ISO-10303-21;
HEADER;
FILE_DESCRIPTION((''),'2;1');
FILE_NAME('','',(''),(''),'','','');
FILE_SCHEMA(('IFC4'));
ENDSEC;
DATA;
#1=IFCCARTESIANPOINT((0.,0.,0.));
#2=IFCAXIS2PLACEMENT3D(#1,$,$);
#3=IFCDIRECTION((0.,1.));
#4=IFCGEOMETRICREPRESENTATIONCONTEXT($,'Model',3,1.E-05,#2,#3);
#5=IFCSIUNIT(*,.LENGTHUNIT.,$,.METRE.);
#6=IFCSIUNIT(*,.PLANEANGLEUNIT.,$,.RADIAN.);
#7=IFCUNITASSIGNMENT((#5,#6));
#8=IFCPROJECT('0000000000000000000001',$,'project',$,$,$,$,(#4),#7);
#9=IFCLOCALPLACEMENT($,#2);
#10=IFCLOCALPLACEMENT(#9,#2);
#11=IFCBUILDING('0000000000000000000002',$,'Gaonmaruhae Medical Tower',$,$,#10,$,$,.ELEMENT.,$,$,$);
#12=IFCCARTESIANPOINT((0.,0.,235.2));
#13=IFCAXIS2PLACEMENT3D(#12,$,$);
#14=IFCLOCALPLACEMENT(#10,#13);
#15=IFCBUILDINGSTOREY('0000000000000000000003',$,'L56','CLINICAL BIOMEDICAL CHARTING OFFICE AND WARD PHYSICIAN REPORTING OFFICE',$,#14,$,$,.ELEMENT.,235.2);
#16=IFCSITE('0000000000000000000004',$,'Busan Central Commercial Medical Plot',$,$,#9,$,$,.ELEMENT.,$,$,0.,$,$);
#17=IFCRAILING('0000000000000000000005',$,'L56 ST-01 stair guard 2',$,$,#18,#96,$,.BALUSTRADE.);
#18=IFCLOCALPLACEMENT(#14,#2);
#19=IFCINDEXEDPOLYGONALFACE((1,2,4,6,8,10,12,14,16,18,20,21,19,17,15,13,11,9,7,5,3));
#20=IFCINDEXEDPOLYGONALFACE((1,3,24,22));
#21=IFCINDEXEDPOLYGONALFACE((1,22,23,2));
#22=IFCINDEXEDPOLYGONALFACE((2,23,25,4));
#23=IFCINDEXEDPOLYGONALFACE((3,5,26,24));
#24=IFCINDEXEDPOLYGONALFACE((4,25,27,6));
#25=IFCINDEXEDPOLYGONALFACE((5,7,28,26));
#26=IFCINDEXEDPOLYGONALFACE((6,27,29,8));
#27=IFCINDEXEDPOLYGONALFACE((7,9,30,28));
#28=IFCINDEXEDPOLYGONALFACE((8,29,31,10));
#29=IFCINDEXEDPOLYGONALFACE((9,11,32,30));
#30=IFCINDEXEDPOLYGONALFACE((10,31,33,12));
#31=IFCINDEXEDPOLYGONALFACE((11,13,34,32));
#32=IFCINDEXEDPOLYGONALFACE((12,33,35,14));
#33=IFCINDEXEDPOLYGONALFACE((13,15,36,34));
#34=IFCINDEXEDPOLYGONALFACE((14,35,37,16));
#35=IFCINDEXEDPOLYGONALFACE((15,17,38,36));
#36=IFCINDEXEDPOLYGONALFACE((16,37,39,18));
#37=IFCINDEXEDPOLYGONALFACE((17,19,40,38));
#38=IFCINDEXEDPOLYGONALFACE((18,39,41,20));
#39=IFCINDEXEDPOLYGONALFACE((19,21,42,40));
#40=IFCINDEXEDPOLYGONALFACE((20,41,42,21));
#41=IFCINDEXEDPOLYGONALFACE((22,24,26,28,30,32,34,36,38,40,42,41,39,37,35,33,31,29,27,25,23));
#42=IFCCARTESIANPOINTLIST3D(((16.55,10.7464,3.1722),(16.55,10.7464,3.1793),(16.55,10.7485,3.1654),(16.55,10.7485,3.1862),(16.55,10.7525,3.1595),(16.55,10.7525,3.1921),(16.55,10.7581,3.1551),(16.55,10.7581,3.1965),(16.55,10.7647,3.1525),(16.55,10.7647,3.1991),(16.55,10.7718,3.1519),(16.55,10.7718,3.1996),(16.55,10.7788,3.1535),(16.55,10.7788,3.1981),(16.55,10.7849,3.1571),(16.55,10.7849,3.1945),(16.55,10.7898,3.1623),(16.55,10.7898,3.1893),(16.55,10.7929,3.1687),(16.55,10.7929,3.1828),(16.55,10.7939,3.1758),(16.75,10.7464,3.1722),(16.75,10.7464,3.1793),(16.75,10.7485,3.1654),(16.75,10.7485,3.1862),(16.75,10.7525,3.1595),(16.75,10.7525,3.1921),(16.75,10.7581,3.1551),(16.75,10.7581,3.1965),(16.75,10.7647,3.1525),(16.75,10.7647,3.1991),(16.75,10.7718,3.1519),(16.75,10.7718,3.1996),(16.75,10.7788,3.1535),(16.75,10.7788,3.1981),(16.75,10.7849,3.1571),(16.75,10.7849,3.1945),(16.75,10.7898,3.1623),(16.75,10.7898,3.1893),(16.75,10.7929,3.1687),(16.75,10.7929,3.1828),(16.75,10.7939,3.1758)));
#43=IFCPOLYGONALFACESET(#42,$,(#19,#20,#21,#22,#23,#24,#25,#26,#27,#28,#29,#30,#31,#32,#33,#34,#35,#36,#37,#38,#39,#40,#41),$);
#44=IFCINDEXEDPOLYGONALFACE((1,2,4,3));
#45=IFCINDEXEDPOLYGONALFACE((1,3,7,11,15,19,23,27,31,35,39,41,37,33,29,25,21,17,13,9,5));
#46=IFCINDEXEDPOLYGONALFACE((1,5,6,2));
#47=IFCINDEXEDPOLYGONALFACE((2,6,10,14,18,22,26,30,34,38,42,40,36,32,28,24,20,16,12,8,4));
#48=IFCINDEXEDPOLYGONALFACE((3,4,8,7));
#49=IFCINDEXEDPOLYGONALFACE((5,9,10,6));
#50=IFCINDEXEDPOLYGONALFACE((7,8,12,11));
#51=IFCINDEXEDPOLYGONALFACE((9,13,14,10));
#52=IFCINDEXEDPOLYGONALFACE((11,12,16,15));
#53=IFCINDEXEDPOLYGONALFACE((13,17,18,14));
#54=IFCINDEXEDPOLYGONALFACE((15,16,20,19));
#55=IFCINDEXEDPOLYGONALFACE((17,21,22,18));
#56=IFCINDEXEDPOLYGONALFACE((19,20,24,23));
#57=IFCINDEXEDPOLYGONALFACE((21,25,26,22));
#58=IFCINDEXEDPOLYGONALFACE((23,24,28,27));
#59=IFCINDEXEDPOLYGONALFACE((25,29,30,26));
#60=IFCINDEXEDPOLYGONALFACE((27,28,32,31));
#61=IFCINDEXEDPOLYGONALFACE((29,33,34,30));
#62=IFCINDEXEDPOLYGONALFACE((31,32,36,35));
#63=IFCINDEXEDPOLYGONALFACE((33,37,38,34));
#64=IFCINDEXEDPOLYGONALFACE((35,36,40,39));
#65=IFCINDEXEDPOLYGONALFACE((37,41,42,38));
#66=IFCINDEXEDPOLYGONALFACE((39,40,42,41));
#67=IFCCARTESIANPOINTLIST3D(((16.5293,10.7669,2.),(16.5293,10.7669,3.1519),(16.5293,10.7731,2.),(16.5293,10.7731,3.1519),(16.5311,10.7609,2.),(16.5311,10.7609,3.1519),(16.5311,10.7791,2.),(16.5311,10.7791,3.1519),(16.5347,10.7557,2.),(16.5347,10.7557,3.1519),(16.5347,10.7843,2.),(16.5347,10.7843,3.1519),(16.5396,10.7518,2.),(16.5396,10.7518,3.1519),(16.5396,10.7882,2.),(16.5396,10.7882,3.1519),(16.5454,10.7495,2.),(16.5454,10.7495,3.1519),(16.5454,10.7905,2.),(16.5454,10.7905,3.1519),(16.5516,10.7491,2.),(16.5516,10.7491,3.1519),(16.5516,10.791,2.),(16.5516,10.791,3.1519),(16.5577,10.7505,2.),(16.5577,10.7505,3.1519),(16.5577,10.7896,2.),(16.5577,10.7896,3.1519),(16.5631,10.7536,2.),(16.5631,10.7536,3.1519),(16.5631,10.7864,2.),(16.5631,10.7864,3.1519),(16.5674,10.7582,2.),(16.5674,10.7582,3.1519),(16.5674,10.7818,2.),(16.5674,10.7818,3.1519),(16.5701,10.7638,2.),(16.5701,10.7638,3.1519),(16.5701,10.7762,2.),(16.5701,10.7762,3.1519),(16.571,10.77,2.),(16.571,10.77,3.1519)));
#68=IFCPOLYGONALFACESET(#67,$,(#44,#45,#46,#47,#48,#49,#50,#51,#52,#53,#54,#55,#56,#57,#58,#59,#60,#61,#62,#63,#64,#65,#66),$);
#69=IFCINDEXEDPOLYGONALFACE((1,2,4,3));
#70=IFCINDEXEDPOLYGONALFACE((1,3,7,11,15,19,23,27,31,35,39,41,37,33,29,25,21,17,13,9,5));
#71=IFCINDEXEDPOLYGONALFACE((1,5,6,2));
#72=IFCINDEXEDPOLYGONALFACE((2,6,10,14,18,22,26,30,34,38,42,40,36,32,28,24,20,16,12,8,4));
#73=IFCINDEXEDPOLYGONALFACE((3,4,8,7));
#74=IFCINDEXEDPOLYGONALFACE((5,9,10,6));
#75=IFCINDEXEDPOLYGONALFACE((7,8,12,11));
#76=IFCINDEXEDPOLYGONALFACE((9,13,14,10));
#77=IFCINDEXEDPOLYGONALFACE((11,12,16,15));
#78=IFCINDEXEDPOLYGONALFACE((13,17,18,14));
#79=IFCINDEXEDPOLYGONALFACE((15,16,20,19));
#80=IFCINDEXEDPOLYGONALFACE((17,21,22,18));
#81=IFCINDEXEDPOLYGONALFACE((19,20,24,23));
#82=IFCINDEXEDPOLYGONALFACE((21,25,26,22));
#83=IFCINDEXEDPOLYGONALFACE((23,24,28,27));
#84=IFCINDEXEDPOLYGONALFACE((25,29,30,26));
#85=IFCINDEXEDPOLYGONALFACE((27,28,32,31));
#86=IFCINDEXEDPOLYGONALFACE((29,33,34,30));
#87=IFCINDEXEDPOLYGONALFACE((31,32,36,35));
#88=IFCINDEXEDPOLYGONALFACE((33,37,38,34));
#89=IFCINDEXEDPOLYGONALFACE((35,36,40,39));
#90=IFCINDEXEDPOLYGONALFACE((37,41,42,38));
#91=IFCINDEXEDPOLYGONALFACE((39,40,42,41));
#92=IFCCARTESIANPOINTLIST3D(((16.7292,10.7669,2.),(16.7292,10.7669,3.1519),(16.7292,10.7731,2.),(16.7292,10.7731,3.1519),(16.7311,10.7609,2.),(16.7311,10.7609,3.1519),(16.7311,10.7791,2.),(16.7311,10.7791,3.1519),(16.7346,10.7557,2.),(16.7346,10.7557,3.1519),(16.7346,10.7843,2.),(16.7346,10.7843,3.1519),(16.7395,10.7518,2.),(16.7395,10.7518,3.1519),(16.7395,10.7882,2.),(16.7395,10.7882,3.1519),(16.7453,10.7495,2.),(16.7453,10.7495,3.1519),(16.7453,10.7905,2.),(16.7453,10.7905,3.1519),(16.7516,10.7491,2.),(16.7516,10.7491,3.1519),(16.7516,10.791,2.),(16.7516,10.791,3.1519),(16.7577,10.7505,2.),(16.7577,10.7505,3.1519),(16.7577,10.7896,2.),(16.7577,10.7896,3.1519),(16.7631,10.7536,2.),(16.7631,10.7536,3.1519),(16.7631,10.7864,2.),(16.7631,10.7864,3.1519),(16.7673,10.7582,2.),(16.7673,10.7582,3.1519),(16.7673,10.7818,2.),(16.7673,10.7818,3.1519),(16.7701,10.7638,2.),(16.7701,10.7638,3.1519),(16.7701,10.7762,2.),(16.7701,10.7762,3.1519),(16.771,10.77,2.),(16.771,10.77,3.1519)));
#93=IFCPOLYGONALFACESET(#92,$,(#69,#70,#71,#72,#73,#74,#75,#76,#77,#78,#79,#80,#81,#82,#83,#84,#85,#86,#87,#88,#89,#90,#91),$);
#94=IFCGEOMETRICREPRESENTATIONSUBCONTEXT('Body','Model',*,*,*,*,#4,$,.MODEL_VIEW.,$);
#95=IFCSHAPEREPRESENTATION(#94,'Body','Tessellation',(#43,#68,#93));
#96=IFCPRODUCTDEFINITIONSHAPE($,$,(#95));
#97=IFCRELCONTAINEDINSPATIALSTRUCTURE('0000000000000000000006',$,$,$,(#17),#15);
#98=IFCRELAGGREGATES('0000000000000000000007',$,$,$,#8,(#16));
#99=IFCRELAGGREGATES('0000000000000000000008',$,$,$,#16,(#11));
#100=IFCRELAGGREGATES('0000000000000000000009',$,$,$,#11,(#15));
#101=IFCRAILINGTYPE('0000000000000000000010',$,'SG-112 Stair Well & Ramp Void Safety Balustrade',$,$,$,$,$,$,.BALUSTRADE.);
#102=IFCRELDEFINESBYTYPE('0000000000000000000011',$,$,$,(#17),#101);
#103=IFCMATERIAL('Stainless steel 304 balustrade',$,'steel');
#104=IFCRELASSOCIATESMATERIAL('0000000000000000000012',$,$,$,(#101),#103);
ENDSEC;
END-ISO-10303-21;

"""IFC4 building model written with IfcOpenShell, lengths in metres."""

from ifc_helpers import new_model, si_unit, direction, frame, origin, origin_2d, place, context, subcontext, project, spatial, circle, extrude, material, type_object, element, save


model = new_model("IFC4")

# Units and contexts
model_context = context("Model", 3, precision=1e-05, world=origin(), true_north=direction((0.0, 1.0)))
body_context = subcontext(model_context, "Body", "Model", "MODEL_VIEW")
ifc_project = project(units=[si_unit("LENGTHUNIT", "METRE"), si_unit("PLANEANGLEUNIT", "RADIAN")], contexts=[model_context])

# Site, building, storey
site_placement = place(None, origin())
site = spatial("IfcSite", under=ifc_project, at=site_placement, Name="Busan Central Commercial Medical Plot", CompositionType="ELEMENT", RefElevation=0.0)
building_placement = place(site_placement, origin())
building = spatial("IfcBuilding", under=site, at=building_placement, Name="Gaonmaruhae Medical Tower", CompositionType="ELEMENT")
storey_placement = place(building_placement, frame((0.0, 0.0, 235.2)))
storey = spatial("IfcBuildingStorey", under=building, at=storey_placement, Name="L56", Description="CLINICAL BIOMEDICAL CHARTING OFFICE AND WARD PHYSICIAN REPORTING OFFICE", CompositionType="ELEMENT", Elevation=235.2)

# Railing
ifc_material_1 = material(Name="Stainless steel 304 balustrade", Category="steel")
railing_type_1 = type_object("IfcRailingType", Name="SG-112 Stair Well & Ramp Void Safety Balustrade", PredefinedType="BALUSTRADE", material=ifc_material_1)
railing_1_placement = place(storey_placement, frame((16.55, 10.77, 2.0)))
element("IfcRailing", 1, at=railing_1_placement, inside=storey, type_object=railing_type_1, Name="L56 ST-01 stair guard 2", PredefinedType="BALUSTRADE", context=body_context, shape_type="SweptSolid", body=[
    extrude(circle(Radius=0.0239, at=origin_2d()), frame((0.0, 0.0, 1.1758), z_axis=(1.0, 0.0, 0.0), x_axis=(0.0, 1.0, 0.0)), (0.0, 0.0, 1.0), 0.2),
    extrude(circle(Radius=0.021, at=origin_2d()), origin(), (0.0, 0.0, 1.0), 1.1519),
    extrude(circle(Radius=0.021, at=origin_2d()), frame((0.2, 0.0, 0.0)), (0.0, 0.0, 1.0), 1.1519),
])

save(model, "model.ifc")
